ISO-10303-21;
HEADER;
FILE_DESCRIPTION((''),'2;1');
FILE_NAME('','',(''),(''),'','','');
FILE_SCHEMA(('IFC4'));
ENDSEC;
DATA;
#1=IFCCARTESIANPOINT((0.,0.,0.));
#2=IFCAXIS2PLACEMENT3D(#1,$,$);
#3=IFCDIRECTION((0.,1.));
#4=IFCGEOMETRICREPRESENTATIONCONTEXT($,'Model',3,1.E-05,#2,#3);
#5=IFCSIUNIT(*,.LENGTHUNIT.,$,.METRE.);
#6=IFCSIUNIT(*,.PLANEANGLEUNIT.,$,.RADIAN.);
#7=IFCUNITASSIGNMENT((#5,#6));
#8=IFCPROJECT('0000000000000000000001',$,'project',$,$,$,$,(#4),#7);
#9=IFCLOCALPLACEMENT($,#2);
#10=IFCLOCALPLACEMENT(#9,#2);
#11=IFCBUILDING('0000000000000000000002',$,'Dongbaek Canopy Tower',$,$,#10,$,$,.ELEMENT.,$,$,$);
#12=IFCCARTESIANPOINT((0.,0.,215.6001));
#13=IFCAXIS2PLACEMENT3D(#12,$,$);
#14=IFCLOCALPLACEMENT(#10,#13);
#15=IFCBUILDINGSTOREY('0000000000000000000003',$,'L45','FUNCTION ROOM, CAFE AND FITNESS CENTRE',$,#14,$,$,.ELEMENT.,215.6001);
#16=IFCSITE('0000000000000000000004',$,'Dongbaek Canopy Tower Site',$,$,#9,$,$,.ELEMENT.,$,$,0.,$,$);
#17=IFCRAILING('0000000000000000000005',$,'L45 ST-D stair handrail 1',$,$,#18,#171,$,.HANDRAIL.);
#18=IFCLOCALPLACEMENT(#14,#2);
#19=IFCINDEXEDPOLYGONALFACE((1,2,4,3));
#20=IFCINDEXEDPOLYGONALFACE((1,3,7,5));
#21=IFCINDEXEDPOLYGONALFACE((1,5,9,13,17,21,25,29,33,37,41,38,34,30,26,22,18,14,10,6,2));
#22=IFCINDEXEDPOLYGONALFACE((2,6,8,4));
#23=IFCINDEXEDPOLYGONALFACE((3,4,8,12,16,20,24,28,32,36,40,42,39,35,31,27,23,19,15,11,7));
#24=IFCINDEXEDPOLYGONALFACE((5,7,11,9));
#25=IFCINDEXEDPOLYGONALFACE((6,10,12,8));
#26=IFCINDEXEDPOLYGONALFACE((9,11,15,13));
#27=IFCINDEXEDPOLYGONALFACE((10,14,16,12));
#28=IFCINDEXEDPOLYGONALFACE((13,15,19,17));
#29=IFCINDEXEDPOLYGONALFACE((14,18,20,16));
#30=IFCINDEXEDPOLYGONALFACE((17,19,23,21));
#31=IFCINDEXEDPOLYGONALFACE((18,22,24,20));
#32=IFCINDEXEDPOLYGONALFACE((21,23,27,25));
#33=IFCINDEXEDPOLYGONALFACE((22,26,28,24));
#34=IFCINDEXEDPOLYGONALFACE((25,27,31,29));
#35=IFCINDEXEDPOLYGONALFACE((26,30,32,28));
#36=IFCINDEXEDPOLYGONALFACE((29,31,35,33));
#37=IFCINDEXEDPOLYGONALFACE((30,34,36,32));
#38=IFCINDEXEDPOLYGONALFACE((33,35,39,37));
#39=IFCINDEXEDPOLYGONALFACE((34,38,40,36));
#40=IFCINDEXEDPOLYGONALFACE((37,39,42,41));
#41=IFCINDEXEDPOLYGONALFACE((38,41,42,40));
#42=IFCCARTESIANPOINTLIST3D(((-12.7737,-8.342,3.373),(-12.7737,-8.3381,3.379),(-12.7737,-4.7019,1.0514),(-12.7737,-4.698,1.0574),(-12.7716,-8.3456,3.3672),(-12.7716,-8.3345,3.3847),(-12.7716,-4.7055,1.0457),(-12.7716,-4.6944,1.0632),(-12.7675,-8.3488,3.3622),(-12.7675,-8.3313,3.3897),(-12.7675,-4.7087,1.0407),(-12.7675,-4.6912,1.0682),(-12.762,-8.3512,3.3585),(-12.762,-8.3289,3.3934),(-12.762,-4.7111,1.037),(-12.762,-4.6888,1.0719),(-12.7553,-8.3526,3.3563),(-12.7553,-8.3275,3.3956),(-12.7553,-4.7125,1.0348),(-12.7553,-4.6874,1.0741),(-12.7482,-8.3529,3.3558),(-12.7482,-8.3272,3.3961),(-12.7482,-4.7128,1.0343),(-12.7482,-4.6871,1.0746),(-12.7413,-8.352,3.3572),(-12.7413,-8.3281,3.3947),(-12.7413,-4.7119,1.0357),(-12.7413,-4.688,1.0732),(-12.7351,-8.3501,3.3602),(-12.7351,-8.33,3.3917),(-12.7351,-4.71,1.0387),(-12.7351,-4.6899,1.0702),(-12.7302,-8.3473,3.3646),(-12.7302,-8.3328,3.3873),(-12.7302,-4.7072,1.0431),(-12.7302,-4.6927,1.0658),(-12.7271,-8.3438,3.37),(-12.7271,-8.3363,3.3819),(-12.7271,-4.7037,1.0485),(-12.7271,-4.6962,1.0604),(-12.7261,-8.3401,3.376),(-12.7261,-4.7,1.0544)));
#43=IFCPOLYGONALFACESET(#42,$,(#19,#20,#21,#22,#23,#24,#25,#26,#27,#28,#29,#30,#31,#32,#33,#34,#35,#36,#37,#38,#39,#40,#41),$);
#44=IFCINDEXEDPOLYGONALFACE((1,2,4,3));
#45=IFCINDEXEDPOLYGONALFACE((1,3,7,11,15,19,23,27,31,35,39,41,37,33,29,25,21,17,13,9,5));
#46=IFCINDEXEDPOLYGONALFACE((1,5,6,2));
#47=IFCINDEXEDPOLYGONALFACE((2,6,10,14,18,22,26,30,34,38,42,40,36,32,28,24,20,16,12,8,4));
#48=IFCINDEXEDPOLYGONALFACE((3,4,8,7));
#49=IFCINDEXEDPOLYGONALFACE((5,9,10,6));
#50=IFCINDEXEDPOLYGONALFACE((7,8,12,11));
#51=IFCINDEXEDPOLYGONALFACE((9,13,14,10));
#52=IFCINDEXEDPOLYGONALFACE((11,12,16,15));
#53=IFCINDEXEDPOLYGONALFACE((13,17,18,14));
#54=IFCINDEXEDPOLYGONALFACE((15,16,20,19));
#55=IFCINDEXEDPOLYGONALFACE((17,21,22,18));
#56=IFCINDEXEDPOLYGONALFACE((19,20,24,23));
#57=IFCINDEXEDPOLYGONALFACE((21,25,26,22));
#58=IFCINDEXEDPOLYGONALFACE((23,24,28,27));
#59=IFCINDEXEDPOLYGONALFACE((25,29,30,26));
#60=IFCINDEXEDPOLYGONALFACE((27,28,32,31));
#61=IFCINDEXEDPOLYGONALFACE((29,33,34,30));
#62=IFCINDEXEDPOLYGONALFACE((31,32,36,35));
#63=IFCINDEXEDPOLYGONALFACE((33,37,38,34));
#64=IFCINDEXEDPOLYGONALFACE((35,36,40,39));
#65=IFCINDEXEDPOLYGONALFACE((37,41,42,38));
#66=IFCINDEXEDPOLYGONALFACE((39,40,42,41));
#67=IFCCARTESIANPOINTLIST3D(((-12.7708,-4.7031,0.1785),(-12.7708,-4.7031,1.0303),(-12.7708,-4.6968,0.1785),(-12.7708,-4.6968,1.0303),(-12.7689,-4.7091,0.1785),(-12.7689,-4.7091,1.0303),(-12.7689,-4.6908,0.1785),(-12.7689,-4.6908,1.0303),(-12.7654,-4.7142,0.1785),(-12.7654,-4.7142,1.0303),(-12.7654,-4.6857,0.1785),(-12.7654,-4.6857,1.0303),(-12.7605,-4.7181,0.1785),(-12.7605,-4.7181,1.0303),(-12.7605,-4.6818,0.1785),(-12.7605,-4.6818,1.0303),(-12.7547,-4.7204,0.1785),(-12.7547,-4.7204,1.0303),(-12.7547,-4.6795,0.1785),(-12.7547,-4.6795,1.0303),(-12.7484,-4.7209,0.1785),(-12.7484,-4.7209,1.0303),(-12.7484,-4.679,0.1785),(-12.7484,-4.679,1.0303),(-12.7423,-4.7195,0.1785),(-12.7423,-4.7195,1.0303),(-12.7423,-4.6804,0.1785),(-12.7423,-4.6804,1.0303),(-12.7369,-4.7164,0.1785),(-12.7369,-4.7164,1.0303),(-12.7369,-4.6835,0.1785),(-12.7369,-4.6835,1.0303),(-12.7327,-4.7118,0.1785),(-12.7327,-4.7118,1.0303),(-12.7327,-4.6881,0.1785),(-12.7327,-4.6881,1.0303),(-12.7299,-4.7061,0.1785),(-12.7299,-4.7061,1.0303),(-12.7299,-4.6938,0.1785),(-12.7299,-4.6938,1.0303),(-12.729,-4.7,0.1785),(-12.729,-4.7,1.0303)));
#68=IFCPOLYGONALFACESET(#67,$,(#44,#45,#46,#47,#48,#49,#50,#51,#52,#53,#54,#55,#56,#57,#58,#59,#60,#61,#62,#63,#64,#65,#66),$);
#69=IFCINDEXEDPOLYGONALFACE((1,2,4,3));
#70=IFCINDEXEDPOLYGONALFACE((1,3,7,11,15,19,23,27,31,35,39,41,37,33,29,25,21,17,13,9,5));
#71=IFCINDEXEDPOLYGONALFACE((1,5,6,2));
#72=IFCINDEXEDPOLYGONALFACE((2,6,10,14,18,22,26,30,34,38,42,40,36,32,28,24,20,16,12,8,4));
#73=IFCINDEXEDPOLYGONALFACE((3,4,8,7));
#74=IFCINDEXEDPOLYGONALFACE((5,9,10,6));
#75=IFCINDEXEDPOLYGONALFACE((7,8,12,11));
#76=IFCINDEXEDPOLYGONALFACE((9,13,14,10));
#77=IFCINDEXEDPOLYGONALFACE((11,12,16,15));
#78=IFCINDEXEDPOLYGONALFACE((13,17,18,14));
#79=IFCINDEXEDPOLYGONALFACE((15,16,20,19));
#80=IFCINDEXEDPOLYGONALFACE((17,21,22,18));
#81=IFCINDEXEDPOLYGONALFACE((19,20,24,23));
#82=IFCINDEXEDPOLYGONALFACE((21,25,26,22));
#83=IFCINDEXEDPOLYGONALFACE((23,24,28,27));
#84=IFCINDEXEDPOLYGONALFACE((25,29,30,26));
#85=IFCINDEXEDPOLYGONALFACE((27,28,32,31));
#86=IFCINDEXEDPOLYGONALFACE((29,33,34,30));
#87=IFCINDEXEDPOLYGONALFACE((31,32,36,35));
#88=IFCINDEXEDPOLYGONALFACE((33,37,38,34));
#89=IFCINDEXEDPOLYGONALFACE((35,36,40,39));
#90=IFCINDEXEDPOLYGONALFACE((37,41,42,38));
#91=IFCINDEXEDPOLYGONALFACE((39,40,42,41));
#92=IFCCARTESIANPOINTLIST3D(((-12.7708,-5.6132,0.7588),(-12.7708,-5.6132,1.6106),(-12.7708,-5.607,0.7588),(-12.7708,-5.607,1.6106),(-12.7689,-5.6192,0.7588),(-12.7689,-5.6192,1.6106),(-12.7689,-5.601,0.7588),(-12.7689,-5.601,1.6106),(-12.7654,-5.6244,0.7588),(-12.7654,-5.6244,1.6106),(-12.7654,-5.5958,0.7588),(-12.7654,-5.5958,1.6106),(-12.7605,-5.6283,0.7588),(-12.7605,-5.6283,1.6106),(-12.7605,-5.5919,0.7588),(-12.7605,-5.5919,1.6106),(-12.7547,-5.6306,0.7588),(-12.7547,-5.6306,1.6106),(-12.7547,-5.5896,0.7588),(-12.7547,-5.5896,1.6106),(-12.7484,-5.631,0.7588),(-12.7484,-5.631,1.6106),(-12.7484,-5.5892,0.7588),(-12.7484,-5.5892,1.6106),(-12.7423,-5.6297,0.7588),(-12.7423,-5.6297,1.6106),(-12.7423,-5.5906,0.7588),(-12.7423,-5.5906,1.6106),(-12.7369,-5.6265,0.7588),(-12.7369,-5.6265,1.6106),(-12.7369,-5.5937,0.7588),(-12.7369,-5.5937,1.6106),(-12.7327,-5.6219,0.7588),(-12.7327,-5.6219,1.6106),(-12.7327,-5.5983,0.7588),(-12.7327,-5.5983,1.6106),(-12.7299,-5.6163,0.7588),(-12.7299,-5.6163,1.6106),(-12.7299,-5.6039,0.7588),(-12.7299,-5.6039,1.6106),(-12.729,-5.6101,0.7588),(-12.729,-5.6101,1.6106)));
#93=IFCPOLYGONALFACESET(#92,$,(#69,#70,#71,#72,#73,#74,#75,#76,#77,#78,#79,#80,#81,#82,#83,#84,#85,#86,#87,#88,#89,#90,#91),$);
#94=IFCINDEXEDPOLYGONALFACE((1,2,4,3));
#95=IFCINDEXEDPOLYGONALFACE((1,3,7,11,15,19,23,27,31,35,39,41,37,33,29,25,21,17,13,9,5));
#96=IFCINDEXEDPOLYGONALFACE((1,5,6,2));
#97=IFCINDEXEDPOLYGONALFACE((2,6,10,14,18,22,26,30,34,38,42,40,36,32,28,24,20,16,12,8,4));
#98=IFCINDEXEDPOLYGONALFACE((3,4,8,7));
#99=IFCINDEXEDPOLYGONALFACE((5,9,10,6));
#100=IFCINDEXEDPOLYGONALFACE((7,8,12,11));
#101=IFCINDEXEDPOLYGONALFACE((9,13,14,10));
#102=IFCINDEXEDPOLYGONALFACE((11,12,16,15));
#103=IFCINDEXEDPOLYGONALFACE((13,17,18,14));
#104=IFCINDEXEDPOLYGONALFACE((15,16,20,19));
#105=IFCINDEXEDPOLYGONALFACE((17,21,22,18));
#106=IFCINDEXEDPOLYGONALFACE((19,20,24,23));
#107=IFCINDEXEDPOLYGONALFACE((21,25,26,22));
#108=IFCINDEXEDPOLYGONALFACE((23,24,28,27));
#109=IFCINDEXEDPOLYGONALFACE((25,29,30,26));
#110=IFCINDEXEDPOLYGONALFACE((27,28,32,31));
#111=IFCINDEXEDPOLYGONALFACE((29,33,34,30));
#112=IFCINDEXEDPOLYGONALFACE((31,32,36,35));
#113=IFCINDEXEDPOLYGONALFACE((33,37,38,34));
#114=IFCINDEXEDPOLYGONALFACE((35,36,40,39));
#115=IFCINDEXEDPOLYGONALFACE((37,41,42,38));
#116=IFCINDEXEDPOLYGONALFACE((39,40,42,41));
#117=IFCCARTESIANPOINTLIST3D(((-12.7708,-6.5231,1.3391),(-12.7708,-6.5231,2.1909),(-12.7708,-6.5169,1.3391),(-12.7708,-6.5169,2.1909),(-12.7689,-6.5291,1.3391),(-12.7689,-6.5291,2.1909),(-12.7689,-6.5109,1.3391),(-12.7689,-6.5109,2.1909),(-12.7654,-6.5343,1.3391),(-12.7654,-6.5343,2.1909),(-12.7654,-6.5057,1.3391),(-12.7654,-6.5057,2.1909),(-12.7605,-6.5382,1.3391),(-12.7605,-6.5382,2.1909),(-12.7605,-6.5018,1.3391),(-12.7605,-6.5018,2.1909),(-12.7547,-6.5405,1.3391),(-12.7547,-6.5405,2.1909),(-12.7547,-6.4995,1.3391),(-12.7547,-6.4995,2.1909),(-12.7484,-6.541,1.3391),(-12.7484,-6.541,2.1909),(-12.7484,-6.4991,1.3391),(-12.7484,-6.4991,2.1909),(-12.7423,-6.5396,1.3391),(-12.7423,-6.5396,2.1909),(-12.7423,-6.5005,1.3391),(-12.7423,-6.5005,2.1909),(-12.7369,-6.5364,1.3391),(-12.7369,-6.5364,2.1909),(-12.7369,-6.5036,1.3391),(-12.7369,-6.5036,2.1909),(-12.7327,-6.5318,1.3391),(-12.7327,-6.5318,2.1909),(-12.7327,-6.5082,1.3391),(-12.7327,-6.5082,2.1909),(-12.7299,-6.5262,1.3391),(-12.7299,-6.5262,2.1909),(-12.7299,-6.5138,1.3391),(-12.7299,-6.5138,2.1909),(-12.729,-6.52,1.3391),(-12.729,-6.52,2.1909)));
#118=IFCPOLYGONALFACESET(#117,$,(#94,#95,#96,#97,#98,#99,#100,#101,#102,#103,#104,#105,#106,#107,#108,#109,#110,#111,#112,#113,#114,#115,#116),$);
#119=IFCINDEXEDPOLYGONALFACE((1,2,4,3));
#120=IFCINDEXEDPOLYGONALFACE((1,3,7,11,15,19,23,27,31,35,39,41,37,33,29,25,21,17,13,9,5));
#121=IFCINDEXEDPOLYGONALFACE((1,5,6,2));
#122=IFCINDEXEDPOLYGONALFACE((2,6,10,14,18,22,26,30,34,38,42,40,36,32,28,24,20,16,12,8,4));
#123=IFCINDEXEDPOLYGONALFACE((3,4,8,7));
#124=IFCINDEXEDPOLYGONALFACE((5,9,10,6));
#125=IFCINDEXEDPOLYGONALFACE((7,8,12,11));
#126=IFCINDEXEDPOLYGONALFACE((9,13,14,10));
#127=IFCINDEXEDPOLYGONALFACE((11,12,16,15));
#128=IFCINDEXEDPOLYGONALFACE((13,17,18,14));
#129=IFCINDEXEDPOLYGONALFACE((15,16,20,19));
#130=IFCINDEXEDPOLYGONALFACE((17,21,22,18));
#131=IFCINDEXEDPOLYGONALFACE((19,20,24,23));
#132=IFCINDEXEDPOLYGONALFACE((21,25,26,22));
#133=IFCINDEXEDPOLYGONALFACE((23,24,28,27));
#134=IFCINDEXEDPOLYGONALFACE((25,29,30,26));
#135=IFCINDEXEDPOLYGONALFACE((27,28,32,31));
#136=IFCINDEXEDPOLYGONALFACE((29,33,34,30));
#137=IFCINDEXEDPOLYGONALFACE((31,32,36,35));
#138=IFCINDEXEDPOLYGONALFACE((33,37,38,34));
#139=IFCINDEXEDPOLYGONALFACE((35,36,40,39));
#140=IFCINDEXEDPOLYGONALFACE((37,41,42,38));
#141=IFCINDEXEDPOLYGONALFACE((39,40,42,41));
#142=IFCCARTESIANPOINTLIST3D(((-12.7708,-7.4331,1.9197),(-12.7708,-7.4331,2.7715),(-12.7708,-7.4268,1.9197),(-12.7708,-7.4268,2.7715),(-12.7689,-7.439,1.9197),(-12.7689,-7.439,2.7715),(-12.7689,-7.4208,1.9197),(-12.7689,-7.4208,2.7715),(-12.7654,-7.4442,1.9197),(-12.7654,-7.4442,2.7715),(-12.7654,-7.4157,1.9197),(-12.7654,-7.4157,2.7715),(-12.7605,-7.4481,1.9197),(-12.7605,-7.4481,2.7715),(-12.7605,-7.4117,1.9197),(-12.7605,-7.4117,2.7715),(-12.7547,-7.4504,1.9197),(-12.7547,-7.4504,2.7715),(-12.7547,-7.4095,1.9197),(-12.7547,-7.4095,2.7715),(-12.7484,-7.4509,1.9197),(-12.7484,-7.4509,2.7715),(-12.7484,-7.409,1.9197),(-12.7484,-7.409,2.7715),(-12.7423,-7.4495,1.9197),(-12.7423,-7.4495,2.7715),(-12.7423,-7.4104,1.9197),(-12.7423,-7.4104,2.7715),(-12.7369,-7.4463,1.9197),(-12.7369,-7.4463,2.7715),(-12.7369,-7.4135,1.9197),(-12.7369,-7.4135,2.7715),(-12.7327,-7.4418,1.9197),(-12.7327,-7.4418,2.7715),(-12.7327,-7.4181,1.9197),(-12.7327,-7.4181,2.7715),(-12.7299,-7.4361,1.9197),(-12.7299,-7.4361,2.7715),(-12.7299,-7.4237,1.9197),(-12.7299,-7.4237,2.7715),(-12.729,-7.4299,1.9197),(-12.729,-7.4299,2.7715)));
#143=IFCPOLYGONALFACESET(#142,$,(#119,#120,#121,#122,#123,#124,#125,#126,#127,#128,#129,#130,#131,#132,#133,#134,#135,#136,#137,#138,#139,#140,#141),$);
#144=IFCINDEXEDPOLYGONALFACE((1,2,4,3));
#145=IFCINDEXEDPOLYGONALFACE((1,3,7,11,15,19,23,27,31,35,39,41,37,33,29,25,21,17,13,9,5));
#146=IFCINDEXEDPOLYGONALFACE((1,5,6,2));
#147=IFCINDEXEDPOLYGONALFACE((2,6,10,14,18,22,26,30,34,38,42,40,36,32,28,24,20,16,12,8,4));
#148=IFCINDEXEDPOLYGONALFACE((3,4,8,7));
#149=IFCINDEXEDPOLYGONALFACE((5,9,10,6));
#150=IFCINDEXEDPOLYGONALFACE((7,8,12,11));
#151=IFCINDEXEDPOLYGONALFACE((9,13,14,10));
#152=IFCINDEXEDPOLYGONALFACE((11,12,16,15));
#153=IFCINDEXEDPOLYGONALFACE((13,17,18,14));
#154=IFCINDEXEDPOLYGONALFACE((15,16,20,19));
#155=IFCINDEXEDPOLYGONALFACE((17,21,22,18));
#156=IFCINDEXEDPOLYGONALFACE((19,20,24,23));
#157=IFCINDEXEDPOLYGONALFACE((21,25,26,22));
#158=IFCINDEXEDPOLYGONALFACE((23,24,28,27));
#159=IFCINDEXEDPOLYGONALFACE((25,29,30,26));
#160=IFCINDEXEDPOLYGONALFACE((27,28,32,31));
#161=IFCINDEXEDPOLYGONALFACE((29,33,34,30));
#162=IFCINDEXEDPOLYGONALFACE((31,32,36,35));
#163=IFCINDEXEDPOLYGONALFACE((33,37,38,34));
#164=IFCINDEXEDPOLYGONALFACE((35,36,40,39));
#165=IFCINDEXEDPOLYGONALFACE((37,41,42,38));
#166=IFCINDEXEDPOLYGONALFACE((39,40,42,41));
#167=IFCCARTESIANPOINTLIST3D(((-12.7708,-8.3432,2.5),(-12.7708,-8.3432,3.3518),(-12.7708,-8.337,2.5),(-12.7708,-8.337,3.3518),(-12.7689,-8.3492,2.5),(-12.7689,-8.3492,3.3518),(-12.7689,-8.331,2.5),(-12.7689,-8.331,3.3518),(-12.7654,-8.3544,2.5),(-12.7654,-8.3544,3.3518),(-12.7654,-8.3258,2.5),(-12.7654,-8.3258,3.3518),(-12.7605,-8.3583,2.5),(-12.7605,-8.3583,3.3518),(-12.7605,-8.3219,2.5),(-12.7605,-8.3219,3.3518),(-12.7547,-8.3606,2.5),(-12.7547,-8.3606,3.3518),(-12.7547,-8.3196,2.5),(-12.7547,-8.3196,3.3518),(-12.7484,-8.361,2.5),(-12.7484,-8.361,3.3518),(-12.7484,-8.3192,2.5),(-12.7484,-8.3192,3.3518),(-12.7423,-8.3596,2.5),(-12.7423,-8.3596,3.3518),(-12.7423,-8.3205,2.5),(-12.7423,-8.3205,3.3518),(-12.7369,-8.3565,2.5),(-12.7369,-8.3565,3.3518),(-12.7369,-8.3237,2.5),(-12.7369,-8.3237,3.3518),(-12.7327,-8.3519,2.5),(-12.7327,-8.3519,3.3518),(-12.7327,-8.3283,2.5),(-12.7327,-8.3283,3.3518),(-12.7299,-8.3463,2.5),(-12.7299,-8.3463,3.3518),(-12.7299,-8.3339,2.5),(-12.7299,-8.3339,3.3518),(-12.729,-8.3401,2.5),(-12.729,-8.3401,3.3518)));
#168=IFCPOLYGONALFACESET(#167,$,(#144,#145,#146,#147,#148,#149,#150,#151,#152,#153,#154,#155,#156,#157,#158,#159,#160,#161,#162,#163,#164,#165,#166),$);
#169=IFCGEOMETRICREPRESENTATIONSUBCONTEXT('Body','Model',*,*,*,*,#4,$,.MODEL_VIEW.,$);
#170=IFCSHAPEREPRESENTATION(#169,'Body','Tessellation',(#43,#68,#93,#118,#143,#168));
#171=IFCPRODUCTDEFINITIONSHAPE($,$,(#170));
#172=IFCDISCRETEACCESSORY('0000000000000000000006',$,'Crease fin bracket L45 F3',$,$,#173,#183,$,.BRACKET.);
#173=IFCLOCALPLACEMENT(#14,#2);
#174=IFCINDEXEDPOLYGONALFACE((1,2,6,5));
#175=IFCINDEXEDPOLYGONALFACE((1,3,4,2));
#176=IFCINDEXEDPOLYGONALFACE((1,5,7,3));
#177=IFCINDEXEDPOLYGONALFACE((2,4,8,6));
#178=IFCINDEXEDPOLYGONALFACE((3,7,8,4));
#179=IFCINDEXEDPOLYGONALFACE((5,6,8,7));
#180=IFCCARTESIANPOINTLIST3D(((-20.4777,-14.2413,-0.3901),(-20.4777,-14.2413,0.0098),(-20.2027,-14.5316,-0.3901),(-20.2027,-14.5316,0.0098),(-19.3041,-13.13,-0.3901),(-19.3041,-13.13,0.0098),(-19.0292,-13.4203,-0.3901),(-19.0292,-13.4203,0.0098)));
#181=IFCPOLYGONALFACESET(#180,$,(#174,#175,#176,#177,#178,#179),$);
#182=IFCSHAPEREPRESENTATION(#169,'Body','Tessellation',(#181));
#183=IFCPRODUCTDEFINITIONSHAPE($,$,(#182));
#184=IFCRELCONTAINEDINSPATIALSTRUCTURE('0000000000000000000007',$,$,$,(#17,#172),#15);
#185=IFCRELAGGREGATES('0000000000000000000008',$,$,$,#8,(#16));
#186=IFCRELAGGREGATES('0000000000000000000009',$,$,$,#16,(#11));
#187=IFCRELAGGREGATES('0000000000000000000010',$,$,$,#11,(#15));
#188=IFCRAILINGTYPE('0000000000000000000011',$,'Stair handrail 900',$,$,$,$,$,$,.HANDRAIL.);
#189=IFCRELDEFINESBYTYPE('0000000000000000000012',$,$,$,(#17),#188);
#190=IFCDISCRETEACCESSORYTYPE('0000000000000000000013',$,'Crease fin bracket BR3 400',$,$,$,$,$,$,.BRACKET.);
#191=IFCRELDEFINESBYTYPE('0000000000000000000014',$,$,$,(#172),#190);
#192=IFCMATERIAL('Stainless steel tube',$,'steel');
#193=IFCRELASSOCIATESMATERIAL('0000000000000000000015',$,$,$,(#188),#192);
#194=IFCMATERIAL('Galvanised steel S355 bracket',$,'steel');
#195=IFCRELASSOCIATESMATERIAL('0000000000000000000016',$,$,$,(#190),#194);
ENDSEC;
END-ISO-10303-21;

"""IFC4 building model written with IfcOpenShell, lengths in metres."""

from ifc_helpers import new_model, si_unit, direction, frame, origin, origin_2d, place, context, subcontext, project, spatial, rectangle, circle, extrude, material, type_object, element, save


model = new_model("IFC4")

# Units and contexts
model_context = context("Model", 3, precision=1e-05, world=origin(), true_north=direction((0.0, 1.0)))
body_context = subcontext(model_context, "Body", "Model", "MODEL_VIEW")
ifc_project = project(units=[si_unit("LENGTHUNIT", "METRE"), si_unit("PLANEANGLEUNIT", "RADIAN")], contexts=[model_context])

# Site, building, storey
site_placement = place(None, origin())
site = spatial("IfcSite", under=ifc_project, at=site_placement, Name="Dongbaek Canopy Tower Site", CompositionType="ELEMENT", RefElevation=0.0)
building_placement = place(site_placement, origin())
building = spatial("IfcBuilding", under=site, at=building_placement, Name="Dongbaek Canopy Tower", CompositionType="ELEMENT")
storey_placement = place(building_placement, frame((0.0, 0.0, 215.6001)))
storey = spatial("IfcBuildingStorey", under=building, at=storey_placement, Name="L45", Description="FUNCTION ROOM, CAFE AND FITNESS CENTRE", CompositionType="ELEMENT", Elevation=215.6001)

# Railing
ifc_material_1 = material(Name="Stainless steel tube", Category="steel")
railing_type = type_object("IfcRailingType", Name="Stair handrail 900", PredefinedType="HANDRAIL", material=ifc_material_1)
railing_placement = place(storey_placement, frame((-12.75, -4.7, 0.1785)))
element("IfcRailing", 1, at=railing_placement, inside=storey, type_object=railing_type, Name="L45 ST-D stair handrail 1", PredefinedType="HANDRAIL", context=body_context, shape_type="SweptSolid", body=[
    extrude(circle(Radius=0.0239, at=origin_2d()), frame((0.0, 0.0, 0.876), z_axis=(0.0, -0.843128, 0.537713), x_axis=(1.0, 0.0, 0.0)), (0.0, 0.0, 1.0), 4.3174),
    extrude(circle(Radius=0.021, at=origin_2d()), origin(), (0.0, 0.0, 1.0), 0.8518),
    extrude(circle(Radius=0.021, at=origin_2d()), frame((0.0, -0.9102, 0.5803)), (0.0, 0.0, 1.0), 0.8518),
    extrude(circle(Radius=0.021, at=origin_2d()), frame((0.0, -1.8201, 1.1606)), (0.0, 0.0, 1.0), 0.8518),
    extrude(circle(Radius=0.021, at=origin_2d()), frame((0.0, -2.73, 1.7412)), (0.0, 0.0, 1.0), 0.8518),
    extrude(circle(Radius=0.021, at=origin_2d()), frame((0.0, -3.6401, 2.3215)), (0.0, 0.0, 1.0), 0.8518),
])

# Discrete accessory
ifc_material_2 = material(Name="Galvanised steel S355 bracket", Category="steel")
discrete_accessory_type = type_object("IfcDiscreteAccessoryType", Name="Crease fin bracket BR3 400", PredefinedType="BRACKET", material=ifc_material_2)
discrete_accessory_placement = place(storey_placement, frame((-19.7534, -13.8308, -0.3901), z_axis=(0.0, 0.0, 1.0), x_axis=(-0.726095, -0.687595, 0.0)))
element("IfcDiscreteAccessory", 2, at=discrete_accessory_placement, inside=storey, type_object=discrete_accessory_type, Name="Crease fin bracket L45 F3", PredefinedType="BRACKET", context=body_context, shape_type="SweptSolid", body=[
    extrude(rectangle(XDim=1.6162, YDim=0.3999, at=origin_2d()), origin(), (0.0, 0.0, 1.0), 0.3999),
])

save(model, "model.ifc")
